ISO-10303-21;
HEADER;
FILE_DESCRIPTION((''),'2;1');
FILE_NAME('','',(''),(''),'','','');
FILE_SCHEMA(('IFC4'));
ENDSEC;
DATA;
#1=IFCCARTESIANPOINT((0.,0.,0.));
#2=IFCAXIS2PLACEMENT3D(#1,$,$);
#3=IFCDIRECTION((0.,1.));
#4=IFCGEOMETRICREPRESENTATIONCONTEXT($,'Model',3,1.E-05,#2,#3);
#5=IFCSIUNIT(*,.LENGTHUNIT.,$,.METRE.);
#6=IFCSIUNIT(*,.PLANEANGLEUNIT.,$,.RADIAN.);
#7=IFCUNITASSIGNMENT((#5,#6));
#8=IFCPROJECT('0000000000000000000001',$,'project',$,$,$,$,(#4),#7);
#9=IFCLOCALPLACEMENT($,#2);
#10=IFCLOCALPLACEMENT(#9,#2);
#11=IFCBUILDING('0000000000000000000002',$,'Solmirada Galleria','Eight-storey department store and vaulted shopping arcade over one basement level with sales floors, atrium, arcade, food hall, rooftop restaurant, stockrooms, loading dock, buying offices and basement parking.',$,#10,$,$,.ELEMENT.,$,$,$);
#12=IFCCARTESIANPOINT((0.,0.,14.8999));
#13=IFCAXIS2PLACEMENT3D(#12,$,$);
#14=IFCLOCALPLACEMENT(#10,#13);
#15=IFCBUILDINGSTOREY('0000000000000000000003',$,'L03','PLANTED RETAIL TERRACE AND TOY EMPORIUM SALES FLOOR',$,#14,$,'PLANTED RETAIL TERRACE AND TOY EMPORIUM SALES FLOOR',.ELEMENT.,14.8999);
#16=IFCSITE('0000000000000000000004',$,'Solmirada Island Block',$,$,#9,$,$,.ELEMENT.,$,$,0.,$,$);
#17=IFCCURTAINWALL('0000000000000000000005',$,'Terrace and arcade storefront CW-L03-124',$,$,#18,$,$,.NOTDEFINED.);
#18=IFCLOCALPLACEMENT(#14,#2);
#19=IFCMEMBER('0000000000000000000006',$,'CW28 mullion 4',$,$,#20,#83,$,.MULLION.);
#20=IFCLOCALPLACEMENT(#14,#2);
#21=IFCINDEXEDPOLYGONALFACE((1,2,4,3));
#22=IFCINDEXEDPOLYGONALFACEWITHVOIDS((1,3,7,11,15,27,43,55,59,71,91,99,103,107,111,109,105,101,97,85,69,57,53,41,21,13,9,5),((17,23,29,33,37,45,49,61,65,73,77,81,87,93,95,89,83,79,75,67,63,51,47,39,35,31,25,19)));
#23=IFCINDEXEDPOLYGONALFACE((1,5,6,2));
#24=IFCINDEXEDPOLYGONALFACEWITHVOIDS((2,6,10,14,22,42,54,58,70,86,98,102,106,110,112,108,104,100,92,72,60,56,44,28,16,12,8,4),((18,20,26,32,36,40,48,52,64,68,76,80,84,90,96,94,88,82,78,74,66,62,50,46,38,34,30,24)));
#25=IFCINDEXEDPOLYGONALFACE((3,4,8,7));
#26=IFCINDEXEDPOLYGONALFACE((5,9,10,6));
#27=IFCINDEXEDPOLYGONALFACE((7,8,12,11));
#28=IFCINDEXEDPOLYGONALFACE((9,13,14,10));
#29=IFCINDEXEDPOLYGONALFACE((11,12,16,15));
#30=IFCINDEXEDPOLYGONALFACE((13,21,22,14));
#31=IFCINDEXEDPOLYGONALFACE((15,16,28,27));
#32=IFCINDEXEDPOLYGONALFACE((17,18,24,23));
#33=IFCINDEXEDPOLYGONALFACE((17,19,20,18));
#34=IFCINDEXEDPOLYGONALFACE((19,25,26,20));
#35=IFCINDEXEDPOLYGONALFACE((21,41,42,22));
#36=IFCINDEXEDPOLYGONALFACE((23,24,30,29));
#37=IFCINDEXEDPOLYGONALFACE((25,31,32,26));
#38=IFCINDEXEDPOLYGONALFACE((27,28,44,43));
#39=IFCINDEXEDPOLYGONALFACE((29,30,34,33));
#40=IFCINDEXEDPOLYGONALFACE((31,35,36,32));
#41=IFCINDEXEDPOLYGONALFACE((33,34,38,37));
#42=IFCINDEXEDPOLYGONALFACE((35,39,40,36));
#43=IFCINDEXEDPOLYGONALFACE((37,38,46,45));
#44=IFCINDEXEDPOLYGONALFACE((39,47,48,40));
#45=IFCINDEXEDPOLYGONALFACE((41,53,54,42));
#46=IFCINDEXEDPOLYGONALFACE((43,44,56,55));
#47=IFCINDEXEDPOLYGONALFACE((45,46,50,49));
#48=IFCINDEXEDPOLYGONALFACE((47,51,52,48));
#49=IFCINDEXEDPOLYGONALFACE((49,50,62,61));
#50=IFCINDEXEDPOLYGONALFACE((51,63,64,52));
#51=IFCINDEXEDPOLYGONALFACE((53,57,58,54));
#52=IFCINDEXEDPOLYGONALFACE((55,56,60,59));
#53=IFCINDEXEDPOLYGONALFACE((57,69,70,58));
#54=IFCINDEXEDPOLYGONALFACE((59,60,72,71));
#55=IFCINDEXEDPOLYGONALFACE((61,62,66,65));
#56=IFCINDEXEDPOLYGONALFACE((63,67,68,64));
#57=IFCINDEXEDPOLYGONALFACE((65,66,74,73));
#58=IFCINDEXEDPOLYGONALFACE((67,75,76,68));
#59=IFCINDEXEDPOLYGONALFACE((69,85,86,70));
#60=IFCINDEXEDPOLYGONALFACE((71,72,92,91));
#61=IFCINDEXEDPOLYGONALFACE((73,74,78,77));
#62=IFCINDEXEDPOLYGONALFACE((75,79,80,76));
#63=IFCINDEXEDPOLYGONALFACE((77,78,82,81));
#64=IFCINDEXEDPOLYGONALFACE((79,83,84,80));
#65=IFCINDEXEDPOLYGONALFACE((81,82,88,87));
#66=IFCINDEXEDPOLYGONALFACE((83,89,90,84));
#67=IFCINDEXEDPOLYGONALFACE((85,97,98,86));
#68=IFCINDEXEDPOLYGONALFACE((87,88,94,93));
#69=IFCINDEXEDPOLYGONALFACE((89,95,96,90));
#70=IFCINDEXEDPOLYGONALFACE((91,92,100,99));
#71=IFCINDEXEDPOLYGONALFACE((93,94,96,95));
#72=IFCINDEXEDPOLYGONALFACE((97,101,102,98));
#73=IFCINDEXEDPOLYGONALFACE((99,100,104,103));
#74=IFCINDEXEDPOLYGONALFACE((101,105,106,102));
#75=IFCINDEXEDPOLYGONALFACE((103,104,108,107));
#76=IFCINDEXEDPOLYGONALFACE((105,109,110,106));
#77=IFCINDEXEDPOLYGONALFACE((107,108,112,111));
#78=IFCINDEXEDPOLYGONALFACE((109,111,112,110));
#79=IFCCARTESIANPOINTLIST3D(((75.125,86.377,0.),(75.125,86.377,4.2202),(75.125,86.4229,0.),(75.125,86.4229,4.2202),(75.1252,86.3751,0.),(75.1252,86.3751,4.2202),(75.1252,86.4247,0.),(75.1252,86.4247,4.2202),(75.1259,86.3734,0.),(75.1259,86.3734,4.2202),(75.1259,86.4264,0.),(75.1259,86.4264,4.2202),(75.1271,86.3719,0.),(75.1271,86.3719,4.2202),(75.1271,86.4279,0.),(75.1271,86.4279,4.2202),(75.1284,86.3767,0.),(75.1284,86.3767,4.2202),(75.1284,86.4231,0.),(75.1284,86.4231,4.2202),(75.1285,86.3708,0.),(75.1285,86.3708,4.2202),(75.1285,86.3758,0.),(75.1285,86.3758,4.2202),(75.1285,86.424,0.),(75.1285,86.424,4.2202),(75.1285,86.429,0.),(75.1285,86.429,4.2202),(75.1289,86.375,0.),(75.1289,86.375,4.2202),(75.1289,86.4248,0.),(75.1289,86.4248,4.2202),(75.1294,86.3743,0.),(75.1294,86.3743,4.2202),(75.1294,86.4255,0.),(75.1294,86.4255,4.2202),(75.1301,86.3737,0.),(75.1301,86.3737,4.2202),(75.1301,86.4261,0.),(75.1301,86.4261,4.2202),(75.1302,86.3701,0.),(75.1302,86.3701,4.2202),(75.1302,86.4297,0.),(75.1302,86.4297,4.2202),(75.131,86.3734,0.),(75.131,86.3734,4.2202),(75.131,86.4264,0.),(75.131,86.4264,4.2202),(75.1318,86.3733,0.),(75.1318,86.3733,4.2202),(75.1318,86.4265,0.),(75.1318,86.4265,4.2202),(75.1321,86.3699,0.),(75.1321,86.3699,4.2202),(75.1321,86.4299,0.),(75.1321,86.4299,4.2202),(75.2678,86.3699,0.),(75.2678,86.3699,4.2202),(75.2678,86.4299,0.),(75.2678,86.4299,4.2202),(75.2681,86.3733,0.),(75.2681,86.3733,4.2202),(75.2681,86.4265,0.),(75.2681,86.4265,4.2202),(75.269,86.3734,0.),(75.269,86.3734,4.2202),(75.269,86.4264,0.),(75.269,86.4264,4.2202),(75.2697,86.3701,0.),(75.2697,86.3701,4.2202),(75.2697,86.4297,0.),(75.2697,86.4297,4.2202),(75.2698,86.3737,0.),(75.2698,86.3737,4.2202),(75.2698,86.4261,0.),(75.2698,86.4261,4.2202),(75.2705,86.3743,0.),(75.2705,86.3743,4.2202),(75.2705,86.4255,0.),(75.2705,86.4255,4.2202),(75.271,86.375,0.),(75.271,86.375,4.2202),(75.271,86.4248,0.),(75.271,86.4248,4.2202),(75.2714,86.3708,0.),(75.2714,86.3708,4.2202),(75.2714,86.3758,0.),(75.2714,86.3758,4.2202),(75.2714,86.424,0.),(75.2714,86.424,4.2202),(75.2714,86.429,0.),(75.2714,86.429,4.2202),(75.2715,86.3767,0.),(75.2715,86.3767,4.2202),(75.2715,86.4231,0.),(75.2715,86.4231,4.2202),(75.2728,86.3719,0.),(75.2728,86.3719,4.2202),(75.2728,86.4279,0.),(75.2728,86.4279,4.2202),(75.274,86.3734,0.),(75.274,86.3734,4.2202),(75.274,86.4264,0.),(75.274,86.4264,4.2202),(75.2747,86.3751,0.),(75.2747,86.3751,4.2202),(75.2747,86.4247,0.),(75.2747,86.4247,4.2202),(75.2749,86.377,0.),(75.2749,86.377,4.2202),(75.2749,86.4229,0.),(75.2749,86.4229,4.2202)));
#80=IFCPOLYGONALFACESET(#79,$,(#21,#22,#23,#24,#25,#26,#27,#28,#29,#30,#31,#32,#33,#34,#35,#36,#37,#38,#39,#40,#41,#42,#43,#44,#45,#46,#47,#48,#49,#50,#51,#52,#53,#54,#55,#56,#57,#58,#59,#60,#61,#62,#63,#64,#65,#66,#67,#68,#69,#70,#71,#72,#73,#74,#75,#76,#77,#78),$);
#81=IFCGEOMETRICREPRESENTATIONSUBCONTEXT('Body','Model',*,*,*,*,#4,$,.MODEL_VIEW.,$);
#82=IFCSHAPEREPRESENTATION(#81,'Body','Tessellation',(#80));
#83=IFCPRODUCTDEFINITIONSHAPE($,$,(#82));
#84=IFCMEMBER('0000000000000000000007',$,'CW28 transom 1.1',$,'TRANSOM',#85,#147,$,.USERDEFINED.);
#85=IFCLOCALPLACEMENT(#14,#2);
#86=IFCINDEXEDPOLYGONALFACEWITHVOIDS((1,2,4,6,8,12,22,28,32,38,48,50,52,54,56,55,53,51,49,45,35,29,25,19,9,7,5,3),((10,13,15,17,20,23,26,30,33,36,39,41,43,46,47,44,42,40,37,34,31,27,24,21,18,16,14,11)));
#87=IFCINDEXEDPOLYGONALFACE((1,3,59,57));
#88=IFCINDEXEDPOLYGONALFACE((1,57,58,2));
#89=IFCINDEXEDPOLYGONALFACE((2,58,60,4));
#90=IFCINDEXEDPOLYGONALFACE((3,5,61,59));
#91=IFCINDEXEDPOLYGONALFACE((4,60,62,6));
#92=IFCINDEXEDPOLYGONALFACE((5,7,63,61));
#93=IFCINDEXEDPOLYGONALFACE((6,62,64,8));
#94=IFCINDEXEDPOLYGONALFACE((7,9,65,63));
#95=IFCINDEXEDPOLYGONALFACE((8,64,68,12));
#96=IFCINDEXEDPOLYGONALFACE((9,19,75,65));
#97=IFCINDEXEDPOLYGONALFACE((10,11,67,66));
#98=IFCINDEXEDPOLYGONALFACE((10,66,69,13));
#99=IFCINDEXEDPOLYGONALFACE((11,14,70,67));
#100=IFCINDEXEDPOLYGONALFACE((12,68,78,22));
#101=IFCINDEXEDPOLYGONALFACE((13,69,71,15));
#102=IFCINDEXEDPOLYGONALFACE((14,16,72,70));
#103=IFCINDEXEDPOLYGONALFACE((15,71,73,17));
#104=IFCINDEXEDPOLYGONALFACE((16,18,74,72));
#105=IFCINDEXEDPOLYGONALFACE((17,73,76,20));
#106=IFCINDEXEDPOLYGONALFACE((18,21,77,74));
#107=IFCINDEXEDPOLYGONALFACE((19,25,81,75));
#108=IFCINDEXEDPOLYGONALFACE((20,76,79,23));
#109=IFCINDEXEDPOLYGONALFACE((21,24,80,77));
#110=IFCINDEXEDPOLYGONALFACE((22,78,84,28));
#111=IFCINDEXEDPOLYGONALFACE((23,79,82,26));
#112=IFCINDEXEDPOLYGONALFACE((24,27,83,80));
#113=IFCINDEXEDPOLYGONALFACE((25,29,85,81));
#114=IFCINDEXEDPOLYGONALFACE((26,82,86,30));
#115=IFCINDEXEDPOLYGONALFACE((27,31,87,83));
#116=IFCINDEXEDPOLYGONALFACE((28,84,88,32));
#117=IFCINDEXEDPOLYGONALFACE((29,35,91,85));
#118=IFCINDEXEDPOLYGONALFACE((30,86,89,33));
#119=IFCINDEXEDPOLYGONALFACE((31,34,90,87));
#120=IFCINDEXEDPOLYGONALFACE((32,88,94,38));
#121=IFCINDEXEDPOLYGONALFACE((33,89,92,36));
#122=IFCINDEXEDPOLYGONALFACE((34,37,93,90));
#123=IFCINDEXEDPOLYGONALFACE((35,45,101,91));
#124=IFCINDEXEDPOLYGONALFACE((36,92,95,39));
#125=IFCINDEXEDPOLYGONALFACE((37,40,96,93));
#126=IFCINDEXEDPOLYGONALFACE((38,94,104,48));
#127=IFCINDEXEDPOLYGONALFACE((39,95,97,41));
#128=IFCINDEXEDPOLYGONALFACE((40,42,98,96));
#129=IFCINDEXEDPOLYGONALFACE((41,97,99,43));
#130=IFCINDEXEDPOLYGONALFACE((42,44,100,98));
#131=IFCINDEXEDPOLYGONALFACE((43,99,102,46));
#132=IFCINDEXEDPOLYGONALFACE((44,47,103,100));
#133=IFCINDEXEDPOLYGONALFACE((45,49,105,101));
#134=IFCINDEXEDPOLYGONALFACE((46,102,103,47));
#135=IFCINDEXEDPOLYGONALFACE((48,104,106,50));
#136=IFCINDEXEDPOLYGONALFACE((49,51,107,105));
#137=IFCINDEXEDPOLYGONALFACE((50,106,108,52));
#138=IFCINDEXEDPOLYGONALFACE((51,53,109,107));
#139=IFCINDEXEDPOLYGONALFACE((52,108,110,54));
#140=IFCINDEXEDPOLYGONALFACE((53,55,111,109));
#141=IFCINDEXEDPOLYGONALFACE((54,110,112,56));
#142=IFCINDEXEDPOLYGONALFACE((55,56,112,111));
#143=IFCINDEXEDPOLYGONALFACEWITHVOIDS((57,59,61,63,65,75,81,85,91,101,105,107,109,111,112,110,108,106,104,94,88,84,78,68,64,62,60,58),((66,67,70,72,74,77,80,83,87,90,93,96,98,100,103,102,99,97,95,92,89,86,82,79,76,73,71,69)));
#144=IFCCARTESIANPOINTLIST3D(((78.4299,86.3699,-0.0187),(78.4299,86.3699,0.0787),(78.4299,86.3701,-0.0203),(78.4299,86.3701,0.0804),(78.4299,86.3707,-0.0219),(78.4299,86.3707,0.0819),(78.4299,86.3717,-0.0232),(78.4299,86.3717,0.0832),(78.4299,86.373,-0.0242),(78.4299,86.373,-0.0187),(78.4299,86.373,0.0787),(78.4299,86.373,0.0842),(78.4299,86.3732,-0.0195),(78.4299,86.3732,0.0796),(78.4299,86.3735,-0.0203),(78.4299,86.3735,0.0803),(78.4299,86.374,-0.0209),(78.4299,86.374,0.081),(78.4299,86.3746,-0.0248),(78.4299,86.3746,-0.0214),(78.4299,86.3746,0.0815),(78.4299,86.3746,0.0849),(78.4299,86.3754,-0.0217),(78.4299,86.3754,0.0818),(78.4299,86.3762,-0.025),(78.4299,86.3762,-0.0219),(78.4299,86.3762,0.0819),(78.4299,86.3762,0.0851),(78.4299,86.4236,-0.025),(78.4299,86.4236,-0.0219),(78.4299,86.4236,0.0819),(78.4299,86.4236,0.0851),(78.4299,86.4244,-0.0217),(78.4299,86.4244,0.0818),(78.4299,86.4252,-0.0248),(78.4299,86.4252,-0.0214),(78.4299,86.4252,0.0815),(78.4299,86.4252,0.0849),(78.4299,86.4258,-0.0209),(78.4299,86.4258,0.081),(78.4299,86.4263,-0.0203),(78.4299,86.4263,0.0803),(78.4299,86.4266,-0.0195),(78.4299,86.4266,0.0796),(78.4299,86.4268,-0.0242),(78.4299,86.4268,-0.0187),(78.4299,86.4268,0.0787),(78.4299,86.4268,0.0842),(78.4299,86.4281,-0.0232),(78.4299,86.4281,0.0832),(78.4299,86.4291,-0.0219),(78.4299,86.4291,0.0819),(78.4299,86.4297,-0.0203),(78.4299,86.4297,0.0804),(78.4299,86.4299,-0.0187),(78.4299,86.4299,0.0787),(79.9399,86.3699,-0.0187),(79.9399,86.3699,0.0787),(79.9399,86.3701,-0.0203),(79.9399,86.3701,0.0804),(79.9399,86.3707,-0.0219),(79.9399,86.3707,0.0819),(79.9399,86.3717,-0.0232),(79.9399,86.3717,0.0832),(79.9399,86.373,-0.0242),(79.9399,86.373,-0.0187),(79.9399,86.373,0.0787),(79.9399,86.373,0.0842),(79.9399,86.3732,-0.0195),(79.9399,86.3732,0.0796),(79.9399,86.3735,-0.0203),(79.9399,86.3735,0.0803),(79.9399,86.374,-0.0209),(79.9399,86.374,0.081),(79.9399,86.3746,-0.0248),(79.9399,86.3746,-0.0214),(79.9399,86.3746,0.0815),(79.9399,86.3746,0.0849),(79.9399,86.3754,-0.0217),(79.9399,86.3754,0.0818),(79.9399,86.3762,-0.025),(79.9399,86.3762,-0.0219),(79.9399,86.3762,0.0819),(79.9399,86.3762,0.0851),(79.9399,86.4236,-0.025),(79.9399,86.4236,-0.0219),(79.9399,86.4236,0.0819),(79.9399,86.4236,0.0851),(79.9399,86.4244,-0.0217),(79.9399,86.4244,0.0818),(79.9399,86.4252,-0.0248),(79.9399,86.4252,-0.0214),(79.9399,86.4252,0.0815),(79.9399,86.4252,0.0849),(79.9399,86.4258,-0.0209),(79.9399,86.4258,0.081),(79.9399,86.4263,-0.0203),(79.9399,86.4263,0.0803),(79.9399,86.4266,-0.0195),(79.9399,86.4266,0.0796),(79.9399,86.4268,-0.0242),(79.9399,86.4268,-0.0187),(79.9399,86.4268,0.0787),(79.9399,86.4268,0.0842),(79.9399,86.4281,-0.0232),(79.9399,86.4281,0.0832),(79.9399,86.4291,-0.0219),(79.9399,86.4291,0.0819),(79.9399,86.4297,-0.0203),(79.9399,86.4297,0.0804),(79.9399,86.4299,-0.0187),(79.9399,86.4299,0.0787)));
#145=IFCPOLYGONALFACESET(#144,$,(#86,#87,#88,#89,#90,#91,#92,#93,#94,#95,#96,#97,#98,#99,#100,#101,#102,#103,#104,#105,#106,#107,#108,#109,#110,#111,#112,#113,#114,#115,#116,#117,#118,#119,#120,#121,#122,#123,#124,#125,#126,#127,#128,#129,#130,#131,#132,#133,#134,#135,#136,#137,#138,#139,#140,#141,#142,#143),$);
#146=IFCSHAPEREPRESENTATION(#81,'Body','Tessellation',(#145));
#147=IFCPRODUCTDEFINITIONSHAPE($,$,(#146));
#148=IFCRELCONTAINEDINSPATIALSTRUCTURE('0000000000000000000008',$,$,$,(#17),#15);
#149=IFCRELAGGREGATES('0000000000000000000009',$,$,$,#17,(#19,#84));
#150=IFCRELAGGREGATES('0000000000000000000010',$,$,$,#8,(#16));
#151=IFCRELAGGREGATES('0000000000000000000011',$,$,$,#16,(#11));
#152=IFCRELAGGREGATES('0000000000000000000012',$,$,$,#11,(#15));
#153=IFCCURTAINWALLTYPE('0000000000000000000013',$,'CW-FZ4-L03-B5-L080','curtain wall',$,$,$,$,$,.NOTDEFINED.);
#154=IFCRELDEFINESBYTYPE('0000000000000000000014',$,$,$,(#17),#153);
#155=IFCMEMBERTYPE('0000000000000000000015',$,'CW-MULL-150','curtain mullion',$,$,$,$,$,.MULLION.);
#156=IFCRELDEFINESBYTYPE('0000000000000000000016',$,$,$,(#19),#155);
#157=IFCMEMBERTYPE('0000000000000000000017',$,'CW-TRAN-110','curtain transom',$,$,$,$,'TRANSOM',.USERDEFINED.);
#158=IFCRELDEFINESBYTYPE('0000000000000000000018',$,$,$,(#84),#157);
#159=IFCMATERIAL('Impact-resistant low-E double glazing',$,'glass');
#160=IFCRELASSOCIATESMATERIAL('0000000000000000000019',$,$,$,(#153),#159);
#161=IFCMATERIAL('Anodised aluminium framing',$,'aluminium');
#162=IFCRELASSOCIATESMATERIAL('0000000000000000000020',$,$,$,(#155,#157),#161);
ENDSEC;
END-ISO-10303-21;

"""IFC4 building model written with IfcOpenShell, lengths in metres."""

from ifc_helpers import new_model, si_unit, direction, frame, origin, origin_2d, place, context, subcontext, project, spatial, hollow_rectangle, extrude, material, material_profile, profile_set, type_object, element, aggregate, save


model = new_model("IFC4")

# Units and contexts
model_context = context("Model", 3, precision=1e-05, world=origin(), true_north=direction((0.0, 1.0)))
body_context = subcontext(model_context, "Body", "Model", "MODEL_VIEW")
ifc_project = project(units=[si_unit("LENGTHUNIT", "METRE"), si_unit("PLANEANGLEUNIT", "RADIAN")], contexts=[model_context])

# Site, building, storey
site_placement = place(None, origin())
site = spatial("IfcSite", under=ifc_project, at=site_placement, Name="Solmirada Island Block", CompositionType="ELEMENT", RefElevation=0.0)
building_placement = place(site_placement, origin())
building = spatial("IfcBuilding", under=site, at=building_placement, Name="Solmirada Galleria", Description="Eight-storey department store and vaulted shopping arcade over one basement level with sales floors, atrium, arcade, food hall, rooftop restaurant, stockrooms, loading dock, buying offices and basement parking.", CompositionType="ELEMENT")
storey_placement = place(building_placement, frame((0.0, 0.0, 14.8999)))
storey = spatial("IfcBuildingStorey", under=building, at=storey_placement, Name="L03", Description="PLANTED RETAIL TERRACE AND TOY EMPORIUM SALES FLOOR", LongName="PLANTED RETAIL TERRACE AND TOY EMPORIUM SALES FLOOR", CompositionType="ELEMENT", Elevation=14.8999)

# Shared definitions
ifc_material_1 = material(Name="Impact-resistant low-E double glazing", Category="glass")
curtain_wall_type = type_object("IfcCurtainWallType", Name="CW-FZ4-L03-B5-L080", Description="curtain wall", PredefinedType="NOTDEFINED", material=ifc_material_1)
ifc_material_2 = material(Name="Anodised aluminium framing", Category="aluminium")
ifc_material_profile_1 = material_profile(ifc_material_2, hollow_rectangle(XDim=0.0601, YDim=0.1499, WallThickness=0.0034, InnerFilletRadius=0.0034, OuterFilletRadius=0.0071, at=origin_2d()), Name="ALU-MULL-150X60")
ifc_profile_set_1 = profile_set([ifc_material_profile_1], Name="Anodised aluminium framing")
member_type_1 = type_object("IfcMemberType", Name="CW-MULL-150", Description="curtain mullion", PredefinedType="MULLION", material=ifc_profile_set_1)

# Curtain wall, members
curtain_wall_1_placement = place(storey_placement, origin())
curtain_wall_1 = element("IfcCurtainWall", 1, at=curtain_wall_1_placement, inside=storey, type_object=curtain_wall_type, Name="Terrace and arcade storefront CW-L03-124", PredefinedType="NOTDEFINED")
member_1_placement = place(storey_placement, frame((75.2, 86.3999, 0.0), z_axis=(0.0, 0.0, 1.0), x_axis=(0.0, -1.0, 0.0)))
member_1 = element("IfcMember", 2, at=member_1_placement, type_object=member_type_1, Name="CW28 mullion 4", PredefinedType="MULLION", context=body_context, shape_type="SweptSolid", body=[
    extrude(hollow_rectangle(XDim=0.0601, YDim=0.1499, WallThickness=0.0034, InnerFilletRadius=0.0034, OuterFilletRadius=0.0071, at=origin_2d()), origin(), (0.0, 0.0, 1.0), 4.2202),
])
ifc_material_profile_2 = material_profile(ifc_material_2, hollow_rectangle(XDim=0.0601, YDim=0.1101, WallThickness=0.0032, InnerFilletRadius=0.0032, OuterFilletRadius=0.0063, at=origin_2d()), Name="ALU-TRAN-110X60")
ifc_profile_set_2 = profile_set([ifc_material_profile_2], Name="Anodised aluminium framing")
member_type_2 = type_object("IfcMemberType", Name="CW-TRAN-110", Description="curtain transom", ElementType="TRANSOM", PredefinedType="USERDEFINED", material=ifc_profile_set_2)
member_2_placement = place(storey_placement, frame((79.9399, 86.3999, 0.03), z_axis=(-1.0, 0.0, 0.0), x_axis=(0.0, -1.0, 0.0)))
member_2 = element("IfcMember", 3, at=member_2_placement, type_object=member_type_2, Name="CW28 transom 1.1", ObjectType="TRANSOM", PredefinedType="USERDEFINED", context=body_context, shape_type="SweptSolid", body=[
    extrude(hollow_rectangle(XDim=0.0601, YDim=0.1101, WallThickness=0.0032, InnerFilletRadius=0.0032, OuterFilletRadius=0.0063, at=origin_2d()), origin(), (0.0, 0.0, 1.0), 1.51),
])

aggregate(curtain_wall_1, [member_1, member_2])

save(model, "model.ifc")
